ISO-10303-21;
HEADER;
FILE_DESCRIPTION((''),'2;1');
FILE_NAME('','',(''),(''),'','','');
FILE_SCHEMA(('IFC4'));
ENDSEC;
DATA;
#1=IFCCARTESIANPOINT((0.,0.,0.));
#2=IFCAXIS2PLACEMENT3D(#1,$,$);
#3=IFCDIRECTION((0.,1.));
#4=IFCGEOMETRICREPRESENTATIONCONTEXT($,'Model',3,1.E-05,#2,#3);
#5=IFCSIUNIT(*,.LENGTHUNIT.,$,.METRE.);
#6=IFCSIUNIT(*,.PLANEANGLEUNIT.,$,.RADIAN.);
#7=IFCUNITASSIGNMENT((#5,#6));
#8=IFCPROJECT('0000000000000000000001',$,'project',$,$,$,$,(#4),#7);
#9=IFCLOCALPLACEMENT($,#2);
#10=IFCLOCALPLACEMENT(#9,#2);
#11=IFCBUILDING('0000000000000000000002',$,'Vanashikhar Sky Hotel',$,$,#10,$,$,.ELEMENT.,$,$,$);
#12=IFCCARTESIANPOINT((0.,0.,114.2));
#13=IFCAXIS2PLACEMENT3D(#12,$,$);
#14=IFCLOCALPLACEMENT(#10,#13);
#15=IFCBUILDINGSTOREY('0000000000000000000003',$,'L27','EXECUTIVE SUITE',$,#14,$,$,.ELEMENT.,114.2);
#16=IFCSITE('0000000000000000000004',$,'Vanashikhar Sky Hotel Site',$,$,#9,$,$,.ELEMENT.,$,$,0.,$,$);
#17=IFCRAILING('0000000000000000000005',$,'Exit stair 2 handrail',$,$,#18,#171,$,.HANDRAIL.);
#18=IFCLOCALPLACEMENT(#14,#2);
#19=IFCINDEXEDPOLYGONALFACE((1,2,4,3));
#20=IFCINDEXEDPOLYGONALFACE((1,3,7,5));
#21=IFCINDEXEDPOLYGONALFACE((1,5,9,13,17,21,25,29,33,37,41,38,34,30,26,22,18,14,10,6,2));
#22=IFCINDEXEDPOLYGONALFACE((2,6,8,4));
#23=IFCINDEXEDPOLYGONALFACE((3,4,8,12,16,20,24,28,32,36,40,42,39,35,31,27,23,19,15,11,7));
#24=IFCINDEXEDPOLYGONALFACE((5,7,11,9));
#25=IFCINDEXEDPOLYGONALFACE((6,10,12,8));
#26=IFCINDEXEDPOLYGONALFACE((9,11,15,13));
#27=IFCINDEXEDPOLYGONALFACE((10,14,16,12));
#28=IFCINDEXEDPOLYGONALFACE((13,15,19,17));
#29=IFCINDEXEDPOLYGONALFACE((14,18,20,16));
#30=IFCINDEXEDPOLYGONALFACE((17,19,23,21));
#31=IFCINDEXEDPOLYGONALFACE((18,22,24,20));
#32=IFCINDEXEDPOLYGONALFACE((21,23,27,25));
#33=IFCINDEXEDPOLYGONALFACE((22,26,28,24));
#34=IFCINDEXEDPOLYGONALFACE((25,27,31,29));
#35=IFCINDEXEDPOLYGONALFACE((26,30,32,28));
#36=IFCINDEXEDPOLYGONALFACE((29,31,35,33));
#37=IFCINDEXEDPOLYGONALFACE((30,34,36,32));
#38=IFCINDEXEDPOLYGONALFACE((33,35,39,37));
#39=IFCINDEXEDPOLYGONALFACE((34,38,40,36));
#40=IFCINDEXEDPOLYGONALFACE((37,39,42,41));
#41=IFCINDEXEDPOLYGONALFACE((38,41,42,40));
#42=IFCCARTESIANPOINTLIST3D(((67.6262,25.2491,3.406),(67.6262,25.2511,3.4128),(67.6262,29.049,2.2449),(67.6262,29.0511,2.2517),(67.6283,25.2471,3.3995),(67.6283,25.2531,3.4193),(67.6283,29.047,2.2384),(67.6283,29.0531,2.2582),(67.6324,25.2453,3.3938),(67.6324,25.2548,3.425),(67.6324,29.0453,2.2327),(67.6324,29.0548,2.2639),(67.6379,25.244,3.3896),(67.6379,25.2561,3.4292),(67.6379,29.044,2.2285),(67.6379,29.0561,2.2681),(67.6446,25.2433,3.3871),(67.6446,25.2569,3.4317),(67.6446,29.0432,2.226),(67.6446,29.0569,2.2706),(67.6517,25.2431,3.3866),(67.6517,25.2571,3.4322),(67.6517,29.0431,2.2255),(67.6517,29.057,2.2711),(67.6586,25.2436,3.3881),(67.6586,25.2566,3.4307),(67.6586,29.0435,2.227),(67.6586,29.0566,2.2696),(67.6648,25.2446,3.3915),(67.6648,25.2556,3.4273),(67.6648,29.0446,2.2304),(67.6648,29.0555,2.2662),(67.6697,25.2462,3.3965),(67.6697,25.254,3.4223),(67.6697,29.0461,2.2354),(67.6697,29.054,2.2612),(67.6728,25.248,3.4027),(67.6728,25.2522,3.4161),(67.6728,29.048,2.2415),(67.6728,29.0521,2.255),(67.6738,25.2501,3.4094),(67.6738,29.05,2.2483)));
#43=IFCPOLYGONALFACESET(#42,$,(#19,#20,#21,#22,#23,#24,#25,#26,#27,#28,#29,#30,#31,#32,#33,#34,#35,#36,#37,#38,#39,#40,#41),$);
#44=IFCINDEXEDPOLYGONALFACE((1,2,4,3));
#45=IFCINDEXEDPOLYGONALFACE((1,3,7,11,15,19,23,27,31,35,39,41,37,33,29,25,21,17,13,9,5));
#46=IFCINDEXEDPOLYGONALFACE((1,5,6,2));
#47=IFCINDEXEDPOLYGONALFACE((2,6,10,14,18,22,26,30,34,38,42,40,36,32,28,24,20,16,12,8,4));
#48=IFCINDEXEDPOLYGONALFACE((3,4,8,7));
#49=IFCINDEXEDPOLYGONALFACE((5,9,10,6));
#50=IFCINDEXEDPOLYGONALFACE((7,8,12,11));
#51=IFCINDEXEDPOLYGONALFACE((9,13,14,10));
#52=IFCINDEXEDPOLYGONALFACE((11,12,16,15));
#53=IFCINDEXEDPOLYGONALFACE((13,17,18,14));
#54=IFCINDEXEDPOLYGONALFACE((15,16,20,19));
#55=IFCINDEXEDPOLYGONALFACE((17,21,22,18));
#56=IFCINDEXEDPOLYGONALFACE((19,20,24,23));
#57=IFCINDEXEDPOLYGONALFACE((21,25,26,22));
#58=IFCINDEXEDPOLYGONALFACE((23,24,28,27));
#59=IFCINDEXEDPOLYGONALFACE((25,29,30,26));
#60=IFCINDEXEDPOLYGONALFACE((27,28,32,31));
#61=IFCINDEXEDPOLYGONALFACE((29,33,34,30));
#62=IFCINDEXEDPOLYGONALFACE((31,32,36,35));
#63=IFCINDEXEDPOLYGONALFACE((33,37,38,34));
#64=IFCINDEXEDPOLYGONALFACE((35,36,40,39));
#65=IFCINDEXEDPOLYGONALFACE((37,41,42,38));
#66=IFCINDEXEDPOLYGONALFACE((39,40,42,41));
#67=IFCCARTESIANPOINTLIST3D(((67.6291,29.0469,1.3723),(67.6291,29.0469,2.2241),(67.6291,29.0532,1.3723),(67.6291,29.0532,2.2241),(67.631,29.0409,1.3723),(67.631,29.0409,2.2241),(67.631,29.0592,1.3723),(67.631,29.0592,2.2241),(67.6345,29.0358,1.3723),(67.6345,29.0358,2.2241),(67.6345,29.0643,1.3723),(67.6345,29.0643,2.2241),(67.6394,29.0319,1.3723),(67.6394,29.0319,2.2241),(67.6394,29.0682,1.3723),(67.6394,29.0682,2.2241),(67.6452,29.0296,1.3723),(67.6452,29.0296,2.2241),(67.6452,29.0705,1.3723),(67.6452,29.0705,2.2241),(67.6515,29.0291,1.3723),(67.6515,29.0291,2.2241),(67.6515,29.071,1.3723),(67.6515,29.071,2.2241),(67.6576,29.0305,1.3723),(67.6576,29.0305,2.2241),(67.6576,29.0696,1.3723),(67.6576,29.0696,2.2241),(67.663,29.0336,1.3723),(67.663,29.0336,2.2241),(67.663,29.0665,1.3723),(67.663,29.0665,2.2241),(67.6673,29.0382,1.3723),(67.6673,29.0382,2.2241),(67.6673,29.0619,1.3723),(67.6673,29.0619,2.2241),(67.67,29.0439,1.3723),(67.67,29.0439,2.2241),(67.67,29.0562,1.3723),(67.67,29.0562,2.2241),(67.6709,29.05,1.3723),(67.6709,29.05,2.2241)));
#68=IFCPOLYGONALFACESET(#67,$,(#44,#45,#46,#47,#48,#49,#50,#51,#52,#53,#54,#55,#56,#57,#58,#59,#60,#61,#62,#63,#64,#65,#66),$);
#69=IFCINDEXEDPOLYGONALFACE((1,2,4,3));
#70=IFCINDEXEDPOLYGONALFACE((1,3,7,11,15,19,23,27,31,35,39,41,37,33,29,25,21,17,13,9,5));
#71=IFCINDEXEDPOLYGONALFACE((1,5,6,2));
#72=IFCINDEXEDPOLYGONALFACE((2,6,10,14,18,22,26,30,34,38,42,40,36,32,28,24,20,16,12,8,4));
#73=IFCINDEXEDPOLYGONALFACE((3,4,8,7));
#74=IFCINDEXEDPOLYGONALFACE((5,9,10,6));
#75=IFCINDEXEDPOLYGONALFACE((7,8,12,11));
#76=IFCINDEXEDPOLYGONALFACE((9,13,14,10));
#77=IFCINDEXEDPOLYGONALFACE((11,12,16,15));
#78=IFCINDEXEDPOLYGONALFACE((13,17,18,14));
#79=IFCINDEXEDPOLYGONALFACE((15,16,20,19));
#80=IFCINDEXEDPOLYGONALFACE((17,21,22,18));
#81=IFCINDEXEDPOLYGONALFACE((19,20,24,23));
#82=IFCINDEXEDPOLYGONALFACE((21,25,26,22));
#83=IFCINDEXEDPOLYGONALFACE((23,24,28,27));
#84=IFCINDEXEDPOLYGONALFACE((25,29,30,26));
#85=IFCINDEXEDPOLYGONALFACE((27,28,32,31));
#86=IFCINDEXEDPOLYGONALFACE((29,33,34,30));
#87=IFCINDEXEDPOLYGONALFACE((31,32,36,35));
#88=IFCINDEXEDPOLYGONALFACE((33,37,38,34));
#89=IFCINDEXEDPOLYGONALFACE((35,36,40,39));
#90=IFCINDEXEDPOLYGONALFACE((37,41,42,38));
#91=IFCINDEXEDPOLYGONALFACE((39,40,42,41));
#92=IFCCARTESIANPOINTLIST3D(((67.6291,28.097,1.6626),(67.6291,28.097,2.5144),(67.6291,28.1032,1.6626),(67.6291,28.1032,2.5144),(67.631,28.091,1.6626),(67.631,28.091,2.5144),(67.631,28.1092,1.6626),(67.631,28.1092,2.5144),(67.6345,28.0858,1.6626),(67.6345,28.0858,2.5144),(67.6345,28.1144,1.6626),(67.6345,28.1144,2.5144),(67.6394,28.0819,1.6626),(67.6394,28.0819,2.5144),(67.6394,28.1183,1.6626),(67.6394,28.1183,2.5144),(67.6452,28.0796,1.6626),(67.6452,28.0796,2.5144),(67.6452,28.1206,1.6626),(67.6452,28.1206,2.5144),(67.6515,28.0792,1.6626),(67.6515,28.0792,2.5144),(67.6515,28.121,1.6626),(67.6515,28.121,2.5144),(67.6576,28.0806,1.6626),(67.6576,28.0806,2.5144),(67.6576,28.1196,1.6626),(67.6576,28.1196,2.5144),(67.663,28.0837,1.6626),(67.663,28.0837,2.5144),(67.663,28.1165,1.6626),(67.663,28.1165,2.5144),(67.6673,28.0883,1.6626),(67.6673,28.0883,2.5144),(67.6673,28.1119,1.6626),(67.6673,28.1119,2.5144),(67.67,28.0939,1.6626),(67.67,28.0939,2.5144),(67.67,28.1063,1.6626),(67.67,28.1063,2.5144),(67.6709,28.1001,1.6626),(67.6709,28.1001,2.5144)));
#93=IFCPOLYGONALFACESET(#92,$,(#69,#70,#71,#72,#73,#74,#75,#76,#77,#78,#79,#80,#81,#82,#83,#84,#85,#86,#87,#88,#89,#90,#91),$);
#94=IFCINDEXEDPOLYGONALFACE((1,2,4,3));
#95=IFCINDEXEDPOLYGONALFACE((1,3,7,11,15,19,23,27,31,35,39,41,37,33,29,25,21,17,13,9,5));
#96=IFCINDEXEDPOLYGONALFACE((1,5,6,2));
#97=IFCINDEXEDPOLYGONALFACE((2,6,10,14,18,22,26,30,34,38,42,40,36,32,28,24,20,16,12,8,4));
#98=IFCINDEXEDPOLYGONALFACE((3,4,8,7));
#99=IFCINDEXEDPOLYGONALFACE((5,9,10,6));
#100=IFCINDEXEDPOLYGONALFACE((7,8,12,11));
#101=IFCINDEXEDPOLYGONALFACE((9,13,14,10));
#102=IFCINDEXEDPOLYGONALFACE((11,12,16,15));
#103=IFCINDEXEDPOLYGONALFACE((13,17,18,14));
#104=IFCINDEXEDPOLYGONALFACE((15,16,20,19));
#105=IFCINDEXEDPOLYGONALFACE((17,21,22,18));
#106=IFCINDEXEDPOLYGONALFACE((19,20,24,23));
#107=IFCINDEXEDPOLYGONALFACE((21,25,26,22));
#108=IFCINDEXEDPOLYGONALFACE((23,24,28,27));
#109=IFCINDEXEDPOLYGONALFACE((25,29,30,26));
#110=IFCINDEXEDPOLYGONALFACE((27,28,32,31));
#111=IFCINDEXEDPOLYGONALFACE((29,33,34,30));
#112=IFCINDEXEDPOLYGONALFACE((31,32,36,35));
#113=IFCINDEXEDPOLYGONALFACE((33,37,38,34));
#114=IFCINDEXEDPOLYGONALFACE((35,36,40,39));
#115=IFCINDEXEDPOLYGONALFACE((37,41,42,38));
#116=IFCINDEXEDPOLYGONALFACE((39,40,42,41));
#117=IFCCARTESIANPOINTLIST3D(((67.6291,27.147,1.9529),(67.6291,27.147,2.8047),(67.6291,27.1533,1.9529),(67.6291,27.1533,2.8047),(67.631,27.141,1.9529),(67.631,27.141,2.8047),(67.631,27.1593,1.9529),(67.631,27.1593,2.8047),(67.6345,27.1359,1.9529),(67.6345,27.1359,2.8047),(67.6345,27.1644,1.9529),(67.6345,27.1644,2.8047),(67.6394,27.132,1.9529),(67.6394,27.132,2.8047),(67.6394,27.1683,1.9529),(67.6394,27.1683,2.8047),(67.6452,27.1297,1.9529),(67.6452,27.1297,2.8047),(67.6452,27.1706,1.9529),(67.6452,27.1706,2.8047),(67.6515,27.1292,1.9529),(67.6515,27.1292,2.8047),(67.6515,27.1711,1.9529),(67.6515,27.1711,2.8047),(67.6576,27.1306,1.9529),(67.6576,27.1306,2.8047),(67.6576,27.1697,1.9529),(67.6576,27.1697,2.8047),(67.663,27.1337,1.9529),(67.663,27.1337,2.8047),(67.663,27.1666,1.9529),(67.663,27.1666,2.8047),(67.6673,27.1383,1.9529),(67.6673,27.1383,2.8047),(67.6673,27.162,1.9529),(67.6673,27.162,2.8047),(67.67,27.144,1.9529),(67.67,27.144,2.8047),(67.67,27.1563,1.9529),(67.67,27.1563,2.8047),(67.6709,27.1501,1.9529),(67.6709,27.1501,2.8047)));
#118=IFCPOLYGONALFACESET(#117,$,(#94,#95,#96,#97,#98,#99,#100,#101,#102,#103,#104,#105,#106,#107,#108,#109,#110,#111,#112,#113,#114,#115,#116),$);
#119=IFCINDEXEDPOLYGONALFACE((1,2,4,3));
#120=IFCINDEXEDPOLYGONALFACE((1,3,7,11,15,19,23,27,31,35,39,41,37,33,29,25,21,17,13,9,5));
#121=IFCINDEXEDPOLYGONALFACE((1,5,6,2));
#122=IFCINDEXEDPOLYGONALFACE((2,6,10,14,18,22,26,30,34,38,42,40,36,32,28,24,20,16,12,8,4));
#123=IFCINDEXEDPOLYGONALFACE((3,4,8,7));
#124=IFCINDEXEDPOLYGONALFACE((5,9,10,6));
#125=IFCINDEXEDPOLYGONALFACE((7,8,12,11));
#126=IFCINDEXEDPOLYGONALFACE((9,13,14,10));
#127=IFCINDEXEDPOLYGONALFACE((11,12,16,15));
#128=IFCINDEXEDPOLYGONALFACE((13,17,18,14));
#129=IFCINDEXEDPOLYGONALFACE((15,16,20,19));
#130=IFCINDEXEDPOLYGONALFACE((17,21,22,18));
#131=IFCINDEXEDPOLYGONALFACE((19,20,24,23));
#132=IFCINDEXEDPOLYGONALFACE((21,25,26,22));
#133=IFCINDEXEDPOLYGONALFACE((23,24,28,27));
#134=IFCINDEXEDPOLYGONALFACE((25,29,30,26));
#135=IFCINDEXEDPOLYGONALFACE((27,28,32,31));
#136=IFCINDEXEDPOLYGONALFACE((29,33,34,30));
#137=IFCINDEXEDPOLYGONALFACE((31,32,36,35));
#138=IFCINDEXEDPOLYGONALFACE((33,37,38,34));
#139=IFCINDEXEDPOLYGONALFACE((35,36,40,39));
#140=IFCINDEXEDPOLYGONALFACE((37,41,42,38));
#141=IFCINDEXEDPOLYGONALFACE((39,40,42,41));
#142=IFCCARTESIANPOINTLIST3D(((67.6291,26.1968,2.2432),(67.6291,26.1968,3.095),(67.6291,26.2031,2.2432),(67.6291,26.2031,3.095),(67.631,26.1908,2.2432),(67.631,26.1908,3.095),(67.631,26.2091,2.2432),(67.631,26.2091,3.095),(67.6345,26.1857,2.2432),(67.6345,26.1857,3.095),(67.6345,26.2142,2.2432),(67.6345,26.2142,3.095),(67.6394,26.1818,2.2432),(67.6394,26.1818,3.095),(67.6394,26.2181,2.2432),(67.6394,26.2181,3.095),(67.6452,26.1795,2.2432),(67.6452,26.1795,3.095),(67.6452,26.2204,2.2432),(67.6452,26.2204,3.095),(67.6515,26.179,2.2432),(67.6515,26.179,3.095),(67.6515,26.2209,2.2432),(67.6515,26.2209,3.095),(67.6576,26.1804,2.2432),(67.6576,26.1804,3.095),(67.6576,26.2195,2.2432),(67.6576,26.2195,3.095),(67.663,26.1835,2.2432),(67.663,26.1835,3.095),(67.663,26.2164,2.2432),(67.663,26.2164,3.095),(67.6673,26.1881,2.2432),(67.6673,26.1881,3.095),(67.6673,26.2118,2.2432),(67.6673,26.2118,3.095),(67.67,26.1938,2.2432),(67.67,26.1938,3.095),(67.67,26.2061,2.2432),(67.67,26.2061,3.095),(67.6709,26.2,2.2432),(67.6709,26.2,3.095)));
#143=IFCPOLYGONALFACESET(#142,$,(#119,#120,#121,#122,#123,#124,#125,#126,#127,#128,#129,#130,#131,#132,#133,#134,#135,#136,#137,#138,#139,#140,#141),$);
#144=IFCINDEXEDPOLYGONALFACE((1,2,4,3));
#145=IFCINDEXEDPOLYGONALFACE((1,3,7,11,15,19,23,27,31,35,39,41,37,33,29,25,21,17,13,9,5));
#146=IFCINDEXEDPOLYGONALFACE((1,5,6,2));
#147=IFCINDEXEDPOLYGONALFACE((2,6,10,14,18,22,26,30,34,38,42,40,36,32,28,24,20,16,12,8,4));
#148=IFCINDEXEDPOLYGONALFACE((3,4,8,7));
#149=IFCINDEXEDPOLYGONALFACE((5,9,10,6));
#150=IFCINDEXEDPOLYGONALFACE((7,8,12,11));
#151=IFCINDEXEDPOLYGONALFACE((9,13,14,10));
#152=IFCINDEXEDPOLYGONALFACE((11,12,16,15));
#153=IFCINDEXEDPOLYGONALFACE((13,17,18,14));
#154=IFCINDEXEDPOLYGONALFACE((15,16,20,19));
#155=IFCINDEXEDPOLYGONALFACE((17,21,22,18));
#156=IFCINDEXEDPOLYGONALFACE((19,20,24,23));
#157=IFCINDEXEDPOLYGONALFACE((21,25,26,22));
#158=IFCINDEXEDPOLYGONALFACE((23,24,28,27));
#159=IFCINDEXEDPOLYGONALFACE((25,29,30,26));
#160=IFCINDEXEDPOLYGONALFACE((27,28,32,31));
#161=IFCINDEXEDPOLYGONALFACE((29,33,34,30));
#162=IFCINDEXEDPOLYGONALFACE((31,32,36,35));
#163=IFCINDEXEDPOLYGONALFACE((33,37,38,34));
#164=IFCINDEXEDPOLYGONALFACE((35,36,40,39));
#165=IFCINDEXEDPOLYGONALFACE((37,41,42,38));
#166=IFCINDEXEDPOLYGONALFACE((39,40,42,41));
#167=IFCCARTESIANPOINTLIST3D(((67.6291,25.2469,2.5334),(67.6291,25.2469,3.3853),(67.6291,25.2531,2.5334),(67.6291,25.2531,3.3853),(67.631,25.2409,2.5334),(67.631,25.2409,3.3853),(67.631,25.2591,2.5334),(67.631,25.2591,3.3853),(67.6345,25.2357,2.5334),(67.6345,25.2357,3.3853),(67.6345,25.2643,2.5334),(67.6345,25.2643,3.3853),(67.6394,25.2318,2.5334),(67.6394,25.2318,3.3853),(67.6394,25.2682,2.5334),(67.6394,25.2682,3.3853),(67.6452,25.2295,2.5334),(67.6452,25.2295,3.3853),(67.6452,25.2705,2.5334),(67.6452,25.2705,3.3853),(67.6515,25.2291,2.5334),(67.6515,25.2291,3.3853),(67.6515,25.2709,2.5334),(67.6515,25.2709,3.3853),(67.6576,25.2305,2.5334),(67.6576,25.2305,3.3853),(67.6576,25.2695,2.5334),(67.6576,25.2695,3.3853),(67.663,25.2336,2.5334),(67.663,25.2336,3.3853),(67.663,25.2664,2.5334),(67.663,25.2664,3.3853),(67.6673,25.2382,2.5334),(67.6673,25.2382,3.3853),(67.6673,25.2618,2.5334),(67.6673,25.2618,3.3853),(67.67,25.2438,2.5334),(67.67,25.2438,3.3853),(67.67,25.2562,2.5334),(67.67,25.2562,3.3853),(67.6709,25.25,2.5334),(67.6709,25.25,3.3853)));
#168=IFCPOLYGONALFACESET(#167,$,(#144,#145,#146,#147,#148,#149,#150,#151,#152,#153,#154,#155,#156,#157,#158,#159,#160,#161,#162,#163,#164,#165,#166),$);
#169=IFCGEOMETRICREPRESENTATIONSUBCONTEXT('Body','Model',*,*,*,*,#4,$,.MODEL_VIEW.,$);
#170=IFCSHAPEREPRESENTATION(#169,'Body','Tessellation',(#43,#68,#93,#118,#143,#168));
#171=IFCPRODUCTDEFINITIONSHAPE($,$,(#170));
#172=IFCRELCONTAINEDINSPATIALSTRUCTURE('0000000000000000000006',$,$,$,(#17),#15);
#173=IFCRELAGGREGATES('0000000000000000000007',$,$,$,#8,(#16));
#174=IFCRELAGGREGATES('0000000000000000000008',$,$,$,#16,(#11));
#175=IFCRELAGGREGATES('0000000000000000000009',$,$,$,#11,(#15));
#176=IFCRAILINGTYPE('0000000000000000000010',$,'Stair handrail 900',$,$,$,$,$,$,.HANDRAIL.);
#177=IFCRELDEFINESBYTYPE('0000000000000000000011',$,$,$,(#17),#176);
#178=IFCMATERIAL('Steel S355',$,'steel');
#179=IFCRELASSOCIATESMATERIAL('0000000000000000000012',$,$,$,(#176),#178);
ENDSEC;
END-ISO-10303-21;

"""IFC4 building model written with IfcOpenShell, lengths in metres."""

from ifc_helpers import new_model, si_unit, direction, frame, origin, origin_2d, place, context, subcontext, project, spatial, circle, extrude, source, transform, mapped, material, type_object, element, save


model = new_model("IFC4")

# Units and contexts
model_context = context("Model", 3, precision=1e-05, world=origin(), true_north=direction((0.0, 1.0)))
body_context = subcontext(model_context, "Body", "Model", "MODEL_VIEW")
ifc_project = project(units=[si_unit("LENGTHUNIT", "METRE"), si_unit("PLANEANGLEUNIT", "RADIAN")], contexts=[model_context])

# Site, building, storey
site_placement = place(None, origin())
site = spatial("IfcSite", under=ifc_project, at=site_placement, Name="Vanashikhar Sky Hotel Site", CompositionType="ELEMENT", RefElevation=0.0)
building_placement = place(site_placement, origin())
building = spatial("IfcBuilding", under=site, at=building_placement, Name="Vanashikhar Sky Hotel", CompositionType="ELEMENT")
storey_placement = place(building_placement, frame((0.0, 0.0, 114.2)))
storey = spatial("IfcBuildingStorey", under=building, at=storey_placement, Name="L27", Description="EXECUTIVE SUITE", CompositionType="ELEMENT", Elevation=114.2)

# Railing
ifc_material_1 = material(Name="Steel S355", Category="steel")
railing_type_1 = type_object("IfcRailingType", Name="Stair handrail 900", PredefinedType="HANDRAIL", material=ifc_material_1)
shared_shape_1 = source(origin(), body_context, "Body", "SweptSolid", [
    extrude(circle(Radius=0.0239, at=origin_2d()), frame((0.0, 0.0, 0.876), z_axis=(0.0, -0.956351, 0.29222), x_axis=(1.0, 0.0, 0.0)), (0.0, 0.0, 1.0), 3.9734),
    extrude(circle(Radius=0.021, at=origin_2d()), origin(), (0.0, 0.0, 1.0), 0.8518),
    extrude(circle(Radius=0.021, at=origin_2d()), frame((0.0, -0.95, 0.2903)), (0.0, 0.0, 1.0), 0.8518),
    extrude(circle(Radius=0.021, at=origin_2d()), frame((0.0, -1.8999, 0.5806)), (0.0, 0.0, 1.0), 0.8518),
    extrude(circle(Radius=0.021, at=origin_2d()), frame((0.0, -2.8501, 0.8708)), (0.0, 0.0, 1.0), 0.8518),
    extrude(circle(Radius=0.021, at=origin_2d()), frame((0.0, -3.8, 1.1611)), (0.0, 0.0, 1.0), 0.8518),
])
for number, where, name in (
    (1, (67.6499, 29.05, 1.3723), "Exit stair 2 handrail"),
):
    element("IfcRailing", number, at=place(storey_placement, frame(where)), inside=storey, type_object=railing_type_1, Name=name, PredefinedType="HANDRAIL", context=body_context, shape_type="MappedRepresentation", body=[
        mapped(shared_shape_1, transform((0.0, 0.0, 0.0), scale=1.0)),
    ])

save(model, "model.ifc")
